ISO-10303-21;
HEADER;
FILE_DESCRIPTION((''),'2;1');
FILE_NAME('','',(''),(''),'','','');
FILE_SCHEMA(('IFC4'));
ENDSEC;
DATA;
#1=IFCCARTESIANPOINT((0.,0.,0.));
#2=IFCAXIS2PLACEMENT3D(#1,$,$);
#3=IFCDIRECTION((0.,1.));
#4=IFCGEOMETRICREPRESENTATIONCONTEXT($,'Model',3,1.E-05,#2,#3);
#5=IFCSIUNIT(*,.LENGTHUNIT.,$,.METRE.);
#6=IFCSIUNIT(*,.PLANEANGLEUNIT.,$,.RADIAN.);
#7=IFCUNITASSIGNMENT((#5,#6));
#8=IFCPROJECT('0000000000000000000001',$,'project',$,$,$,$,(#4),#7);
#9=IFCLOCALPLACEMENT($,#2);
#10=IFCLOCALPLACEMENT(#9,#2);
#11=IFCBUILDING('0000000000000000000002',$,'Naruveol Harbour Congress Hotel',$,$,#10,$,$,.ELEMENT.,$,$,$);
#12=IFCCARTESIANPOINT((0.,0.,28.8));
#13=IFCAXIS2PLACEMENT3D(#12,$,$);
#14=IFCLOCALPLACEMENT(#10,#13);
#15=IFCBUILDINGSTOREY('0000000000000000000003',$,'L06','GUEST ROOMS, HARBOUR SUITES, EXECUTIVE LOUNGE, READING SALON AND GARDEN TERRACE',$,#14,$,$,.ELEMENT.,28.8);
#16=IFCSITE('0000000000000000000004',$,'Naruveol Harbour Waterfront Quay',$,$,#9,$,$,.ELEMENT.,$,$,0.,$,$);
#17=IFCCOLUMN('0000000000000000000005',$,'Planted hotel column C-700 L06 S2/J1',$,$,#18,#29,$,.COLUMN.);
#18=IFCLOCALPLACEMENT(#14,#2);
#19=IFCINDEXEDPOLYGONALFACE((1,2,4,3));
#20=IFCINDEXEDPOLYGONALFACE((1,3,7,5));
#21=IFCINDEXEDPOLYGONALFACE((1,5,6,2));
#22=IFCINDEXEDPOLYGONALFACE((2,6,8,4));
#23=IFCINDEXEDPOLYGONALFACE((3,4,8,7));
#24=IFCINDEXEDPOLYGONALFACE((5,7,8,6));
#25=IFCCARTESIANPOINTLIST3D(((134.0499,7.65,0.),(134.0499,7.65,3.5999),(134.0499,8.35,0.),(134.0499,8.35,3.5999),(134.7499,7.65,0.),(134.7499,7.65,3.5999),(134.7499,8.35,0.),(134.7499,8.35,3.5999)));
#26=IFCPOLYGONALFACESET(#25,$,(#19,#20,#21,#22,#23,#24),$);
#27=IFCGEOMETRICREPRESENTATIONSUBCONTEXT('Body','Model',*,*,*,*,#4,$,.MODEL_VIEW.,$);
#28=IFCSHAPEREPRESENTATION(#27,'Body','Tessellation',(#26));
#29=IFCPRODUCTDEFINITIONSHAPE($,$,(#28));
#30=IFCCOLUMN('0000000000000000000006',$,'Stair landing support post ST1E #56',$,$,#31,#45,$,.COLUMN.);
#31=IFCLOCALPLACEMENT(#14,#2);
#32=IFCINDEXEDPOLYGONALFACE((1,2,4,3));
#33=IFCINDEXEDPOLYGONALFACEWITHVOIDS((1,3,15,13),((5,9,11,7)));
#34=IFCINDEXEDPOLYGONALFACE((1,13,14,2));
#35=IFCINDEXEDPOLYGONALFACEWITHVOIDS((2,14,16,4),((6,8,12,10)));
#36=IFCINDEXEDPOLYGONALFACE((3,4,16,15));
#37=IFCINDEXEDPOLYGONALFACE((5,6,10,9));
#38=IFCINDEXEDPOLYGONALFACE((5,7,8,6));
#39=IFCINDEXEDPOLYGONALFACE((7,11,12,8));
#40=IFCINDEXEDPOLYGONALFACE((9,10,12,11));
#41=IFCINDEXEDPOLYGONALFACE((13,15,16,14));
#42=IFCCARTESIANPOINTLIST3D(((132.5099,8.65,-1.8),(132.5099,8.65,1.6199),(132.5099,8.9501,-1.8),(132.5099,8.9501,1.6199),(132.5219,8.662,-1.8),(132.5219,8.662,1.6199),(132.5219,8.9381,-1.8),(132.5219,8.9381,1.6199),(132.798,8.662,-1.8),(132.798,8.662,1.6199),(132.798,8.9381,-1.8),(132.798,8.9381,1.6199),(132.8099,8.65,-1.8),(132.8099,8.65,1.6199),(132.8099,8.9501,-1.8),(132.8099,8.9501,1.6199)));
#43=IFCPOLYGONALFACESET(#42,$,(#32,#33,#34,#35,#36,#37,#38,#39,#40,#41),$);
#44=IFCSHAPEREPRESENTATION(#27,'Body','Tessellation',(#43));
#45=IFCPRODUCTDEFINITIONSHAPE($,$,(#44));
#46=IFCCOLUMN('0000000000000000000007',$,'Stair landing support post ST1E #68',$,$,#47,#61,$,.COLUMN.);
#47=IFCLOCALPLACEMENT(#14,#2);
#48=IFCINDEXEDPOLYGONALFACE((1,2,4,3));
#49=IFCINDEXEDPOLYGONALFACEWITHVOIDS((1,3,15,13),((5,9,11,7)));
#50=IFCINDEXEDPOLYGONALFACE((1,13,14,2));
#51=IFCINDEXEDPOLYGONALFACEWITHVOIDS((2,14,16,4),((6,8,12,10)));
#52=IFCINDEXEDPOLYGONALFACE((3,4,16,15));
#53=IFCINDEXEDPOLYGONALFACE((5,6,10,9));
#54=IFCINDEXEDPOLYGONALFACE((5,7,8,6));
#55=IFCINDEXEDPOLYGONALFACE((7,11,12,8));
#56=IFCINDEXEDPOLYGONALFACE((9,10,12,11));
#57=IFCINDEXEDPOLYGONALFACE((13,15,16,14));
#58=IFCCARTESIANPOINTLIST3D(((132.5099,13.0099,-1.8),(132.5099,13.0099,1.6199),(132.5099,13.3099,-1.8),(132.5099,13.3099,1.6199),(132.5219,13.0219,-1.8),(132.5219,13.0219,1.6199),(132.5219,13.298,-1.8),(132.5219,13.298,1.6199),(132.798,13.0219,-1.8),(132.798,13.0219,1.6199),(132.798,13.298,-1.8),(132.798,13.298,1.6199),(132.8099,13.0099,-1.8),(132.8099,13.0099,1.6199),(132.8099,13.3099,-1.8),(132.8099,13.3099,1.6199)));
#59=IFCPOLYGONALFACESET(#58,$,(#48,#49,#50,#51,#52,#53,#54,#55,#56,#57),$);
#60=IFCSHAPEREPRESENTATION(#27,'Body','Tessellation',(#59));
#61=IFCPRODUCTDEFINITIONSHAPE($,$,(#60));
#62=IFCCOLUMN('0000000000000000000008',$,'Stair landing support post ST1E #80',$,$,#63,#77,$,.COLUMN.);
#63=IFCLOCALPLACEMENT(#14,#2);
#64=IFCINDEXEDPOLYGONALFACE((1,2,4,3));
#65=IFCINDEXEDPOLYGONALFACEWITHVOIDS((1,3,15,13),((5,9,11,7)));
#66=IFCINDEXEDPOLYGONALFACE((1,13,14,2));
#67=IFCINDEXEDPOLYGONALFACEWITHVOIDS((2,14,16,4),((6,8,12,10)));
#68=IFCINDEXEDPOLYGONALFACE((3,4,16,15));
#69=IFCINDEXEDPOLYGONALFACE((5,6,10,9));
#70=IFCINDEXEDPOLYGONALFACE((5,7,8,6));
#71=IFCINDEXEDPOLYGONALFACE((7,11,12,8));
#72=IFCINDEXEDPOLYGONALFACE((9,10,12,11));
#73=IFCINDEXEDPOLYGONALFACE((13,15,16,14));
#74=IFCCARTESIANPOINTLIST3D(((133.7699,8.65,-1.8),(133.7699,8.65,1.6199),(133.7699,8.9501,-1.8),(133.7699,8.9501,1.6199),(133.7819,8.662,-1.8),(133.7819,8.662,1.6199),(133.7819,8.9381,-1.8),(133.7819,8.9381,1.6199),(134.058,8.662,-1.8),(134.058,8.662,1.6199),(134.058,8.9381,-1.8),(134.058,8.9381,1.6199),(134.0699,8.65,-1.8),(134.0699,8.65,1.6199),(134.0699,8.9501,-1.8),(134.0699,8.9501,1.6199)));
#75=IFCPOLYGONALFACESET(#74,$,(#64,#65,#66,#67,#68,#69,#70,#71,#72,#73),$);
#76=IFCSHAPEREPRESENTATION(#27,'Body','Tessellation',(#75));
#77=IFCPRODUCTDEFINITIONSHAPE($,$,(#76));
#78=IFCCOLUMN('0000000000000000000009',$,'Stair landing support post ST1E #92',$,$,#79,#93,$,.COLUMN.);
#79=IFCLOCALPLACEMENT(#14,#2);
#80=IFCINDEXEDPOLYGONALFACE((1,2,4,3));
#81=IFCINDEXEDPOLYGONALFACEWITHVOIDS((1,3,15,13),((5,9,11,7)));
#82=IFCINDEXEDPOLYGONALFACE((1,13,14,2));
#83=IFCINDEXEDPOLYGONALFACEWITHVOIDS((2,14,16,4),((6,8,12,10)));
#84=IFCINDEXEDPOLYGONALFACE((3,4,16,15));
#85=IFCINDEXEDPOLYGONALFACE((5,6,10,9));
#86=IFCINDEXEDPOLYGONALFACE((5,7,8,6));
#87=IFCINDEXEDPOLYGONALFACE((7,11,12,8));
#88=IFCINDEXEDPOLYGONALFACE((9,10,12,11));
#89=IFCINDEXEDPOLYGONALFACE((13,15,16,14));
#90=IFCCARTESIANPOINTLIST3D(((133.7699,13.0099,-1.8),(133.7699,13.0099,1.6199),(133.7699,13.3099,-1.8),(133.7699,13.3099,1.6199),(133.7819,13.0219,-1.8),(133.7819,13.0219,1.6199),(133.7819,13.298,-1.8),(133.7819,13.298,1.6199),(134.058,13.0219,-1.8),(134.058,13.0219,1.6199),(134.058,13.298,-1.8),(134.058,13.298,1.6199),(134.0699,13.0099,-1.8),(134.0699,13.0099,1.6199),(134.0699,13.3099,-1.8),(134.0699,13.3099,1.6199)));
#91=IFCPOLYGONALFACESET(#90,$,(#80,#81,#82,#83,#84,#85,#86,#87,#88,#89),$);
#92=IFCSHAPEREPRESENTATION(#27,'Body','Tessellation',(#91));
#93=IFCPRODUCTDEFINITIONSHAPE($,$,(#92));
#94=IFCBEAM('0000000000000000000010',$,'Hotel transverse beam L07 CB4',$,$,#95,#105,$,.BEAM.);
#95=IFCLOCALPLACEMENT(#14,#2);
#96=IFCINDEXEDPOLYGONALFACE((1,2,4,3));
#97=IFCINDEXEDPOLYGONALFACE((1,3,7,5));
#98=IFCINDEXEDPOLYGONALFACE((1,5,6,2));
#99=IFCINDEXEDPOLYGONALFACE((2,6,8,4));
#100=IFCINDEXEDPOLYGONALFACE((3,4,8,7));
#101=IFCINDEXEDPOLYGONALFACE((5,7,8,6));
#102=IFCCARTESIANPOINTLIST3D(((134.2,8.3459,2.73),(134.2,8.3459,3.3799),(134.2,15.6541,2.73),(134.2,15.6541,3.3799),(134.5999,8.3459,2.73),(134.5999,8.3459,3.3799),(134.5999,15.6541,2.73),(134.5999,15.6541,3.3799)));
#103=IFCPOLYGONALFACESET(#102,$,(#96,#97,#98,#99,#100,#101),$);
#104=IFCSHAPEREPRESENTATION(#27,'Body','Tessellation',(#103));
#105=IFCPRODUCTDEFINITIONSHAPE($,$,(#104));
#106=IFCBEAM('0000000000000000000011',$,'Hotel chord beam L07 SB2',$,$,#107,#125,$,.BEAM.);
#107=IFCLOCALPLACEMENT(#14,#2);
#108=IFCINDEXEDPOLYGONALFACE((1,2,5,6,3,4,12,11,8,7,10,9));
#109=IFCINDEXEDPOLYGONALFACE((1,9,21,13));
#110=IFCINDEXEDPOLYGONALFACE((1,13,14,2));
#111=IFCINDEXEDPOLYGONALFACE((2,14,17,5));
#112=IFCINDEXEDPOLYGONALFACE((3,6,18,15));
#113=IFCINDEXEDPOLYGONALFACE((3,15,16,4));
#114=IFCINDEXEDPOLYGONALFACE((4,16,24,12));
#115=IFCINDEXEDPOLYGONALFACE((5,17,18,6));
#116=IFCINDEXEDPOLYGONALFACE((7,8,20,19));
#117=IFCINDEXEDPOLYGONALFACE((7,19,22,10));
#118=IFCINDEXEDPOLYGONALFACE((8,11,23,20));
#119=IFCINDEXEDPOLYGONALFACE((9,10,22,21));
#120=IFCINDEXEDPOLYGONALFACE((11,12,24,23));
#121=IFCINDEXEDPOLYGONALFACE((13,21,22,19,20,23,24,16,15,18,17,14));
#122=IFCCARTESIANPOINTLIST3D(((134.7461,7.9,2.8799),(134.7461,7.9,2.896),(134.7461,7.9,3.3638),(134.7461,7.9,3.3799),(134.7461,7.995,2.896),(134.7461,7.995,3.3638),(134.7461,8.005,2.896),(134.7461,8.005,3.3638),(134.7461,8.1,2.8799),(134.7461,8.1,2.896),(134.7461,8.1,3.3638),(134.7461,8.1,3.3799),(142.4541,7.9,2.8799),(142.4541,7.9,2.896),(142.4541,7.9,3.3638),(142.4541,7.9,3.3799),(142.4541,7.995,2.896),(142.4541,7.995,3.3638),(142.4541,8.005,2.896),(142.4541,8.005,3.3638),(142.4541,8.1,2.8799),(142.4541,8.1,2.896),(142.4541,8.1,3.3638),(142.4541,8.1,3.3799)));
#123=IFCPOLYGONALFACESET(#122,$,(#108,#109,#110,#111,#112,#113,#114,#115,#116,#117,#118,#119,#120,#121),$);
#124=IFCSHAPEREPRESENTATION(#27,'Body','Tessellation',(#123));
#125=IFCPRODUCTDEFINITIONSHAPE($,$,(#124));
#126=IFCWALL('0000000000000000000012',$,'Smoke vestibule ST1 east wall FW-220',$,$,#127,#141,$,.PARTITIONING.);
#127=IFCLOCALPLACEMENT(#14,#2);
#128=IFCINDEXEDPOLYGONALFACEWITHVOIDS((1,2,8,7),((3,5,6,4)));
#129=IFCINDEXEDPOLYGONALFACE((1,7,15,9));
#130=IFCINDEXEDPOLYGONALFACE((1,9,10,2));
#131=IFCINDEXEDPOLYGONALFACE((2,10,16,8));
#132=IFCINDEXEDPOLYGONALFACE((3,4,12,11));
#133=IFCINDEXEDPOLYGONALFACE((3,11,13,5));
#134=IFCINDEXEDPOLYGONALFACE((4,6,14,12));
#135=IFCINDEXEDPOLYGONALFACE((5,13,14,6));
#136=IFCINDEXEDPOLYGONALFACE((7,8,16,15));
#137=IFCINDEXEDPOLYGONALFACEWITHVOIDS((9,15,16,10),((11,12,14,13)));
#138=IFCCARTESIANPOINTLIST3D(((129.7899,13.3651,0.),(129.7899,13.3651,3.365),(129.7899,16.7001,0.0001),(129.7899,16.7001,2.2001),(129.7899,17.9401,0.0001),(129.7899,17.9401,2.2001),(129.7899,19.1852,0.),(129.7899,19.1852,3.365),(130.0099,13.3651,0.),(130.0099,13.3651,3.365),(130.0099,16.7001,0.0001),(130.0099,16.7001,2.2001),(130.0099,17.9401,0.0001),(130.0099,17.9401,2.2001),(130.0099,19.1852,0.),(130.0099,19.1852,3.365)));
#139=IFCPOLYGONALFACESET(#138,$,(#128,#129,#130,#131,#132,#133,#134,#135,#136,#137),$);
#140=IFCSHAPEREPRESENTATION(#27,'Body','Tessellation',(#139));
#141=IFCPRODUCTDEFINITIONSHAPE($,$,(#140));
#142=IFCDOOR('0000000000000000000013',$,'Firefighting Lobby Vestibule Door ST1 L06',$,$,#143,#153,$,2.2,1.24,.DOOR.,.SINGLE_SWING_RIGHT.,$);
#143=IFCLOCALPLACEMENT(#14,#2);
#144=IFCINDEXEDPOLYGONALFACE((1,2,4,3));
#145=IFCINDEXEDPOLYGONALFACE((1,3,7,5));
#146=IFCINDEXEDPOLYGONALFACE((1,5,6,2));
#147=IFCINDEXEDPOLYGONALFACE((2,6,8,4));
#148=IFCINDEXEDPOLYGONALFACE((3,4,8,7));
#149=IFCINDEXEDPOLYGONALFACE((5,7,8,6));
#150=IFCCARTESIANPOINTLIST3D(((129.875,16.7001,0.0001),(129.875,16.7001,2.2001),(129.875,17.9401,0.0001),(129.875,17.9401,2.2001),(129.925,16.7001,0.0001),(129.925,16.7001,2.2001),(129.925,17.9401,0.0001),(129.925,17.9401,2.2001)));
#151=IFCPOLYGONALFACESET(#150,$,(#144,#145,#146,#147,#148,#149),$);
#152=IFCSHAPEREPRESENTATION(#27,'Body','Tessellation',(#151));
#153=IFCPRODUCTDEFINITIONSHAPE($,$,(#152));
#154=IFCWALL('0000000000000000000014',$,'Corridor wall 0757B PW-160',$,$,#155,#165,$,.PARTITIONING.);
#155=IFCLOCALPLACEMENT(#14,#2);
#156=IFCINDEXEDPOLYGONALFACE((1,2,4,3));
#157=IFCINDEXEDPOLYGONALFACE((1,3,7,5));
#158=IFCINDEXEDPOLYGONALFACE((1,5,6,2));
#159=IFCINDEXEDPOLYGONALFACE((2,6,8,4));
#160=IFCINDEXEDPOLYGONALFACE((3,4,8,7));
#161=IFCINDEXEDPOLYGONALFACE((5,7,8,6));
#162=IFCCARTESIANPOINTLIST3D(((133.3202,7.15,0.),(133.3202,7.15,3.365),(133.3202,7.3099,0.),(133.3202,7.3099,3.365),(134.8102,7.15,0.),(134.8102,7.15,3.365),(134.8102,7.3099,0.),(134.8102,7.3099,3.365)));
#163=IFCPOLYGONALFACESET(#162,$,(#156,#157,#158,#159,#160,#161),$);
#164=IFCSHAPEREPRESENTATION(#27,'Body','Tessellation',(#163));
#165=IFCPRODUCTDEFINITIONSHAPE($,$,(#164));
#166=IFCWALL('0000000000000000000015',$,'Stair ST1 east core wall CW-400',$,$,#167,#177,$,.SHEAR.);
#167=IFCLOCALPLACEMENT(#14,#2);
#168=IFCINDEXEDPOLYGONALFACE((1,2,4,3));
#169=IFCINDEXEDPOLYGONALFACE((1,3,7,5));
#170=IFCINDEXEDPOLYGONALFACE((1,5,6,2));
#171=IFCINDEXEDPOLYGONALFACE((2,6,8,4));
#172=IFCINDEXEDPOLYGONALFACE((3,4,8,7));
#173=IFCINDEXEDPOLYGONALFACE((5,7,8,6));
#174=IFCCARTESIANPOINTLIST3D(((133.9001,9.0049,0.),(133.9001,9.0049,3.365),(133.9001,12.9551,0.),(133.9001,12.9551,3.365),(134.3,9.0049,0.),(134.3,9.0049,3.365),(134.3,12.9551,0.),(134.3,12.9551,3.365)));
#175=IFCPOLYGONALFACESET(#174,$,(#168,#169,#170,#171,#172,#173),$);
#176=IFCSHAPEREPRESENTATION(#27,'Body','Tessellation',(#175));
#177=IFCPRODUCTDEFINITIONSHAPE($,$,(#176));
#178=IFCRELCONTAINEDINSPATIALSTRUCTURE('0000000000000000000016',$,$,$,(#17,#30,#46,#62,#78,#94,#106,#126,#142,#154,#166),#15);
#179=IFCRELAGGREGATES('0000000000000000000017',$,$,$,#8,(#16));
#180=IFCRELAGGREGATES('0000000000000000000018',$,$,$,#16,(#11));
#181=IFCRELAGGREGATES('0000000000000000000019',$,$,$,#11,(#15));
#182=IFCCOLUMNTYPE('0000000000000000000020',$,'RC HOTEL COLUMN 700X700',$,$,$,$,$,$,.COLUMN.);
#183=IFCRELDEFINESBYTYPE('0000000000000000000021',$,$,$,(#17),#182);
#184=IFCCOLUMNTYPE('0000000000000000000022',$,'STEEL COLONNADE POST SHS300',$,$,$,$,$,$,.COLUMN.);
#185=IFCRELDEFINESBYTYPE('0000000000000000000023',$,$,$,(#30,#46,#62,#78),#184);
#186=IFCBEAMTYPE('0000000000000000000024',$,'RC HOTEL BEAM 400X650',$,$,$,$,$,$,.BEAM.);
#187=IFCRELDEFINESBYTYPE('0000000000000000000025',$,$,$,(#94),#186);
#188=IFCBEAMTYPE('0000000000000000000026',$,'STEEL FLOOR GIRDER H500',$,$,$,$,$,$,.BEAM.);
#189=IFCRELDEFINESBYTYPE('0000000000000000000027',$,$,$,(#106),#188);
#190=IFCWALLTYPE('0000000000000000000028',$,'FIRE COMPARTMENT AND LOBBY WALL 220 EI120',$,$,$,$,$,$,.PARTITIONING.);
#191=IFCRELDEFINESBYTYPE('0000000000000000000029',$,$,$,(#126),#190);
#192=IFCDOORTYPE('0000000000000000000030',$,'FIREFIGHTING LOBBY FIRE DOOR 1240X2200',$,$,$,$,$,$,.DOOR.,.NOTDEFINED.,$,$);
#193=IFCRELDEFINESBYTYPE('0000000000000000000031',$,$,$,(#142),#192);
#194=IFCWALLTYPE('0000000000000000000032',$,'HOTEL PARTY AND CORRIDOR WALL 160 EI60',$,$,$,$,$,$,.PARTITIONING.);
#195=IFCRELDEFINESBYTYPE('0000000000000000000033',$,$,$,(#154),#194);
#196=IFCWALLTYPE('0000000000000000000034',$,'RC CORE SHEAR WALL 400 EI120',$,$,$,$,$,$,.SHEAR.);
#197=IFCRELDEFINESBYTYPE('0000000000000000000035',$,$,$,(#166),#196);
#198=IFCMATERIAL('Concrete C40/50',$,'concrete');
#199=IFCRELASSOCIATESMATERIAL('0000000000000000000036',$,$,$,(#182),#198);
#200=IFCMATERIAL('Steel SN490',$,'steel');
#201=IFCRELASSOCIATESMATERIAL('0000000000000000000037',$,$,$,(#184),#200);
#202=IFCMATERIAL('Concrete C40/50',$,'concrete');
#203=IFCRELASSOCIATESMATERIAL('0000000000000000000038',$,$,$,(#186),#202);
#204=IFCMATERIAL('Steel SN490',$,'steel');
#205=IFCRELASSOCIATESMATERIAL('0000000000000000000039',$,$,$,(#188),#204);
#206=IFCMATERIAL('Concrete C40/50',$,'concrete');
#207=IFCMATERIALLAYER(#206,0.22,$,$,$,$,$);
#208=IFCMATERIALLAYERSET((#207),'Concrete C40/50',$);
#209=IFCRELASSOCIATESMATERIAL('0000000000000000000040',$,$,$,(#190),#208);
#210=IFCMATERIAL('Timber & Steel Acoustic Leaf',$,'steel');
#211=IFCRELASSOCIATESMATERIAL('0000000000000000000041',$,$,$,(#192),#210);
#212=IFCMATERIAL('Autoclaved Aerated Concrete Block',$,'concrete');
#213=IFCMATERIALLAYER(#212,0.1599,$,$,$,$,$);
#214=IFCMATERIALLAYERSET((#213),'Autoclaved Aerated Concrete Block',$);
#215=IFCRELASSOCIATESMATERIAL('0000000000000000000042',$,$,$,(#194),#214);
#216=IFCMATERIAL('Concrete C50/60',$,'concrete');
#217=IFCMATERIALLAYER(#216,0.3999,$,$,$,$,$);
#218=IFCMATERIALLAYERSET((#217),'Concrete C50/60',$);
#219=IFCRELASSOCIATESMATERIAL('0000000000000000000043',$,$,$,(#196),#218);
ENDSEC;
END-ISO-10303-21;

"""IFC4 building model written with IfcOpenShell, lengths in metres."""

from ifc_helpers import new_model, si_unit, direction, frame, frame_2d, origin, origin_2d, place, context, subcontext, project, spatial, rectangle, hollow_rectangle, i_section, extrude, material, layer, layer_set, material_profile, profile_set, type_object, element, fill, save


model = new_model("IFC4")

# Units and contexts
model_context = context("Model", 3, precision=1e-05, world=origin(), true_north=direction((0.0, 1.0)))
body_context = subcontext(model_context, "Body", "Model", "MODEL_VIEW")
ifc_project = project(units=[si_unit("LENGTHUNIT", "METRE"), si_unit("PLANEANGLEUNIT", "RADIAN")], contexts=[model_context])

# Site, building, storey
site_placement = place(None, origin())
site = spatial("IfcSite", under=ifc_project, at=site_placement, Name="Naruveol Harbour Waterfront Quay", CompositionType="ELEMENT", RefElevation=0.0)
building_placement = place(site_placement, origin())
building = spatial("IfcBuilding", under=site, at=building_placement, Name="Naruveol Harbour Congress Hotel", CompositionType="ELEMENT")
storey_placement = place(building_placement, frame((0.0, 0.0, 28.8)))
storey = spatial("IfcBuildingStorey", under=building, at=storey_placement, Name="L06", Description="GUEST ROOMS, HARBOUR SUITES, EXECUTIVE LOUNGE, READING SALON AND GARDEN TERRACE", CompositionType="ELEMENT", Elevation=28.8)

# Columns
ifc_material_1 = material(Name="Concrete C40/50", Category="concrete")
ifc_material_profile_1 = material_profile(ifc_material_1, rectangle(XDim=0.7, YDim=0.7, at=origin_2d()), Name="RC-700x700")
ifc_profile_set_1 = profile_set([ifc_material_profile_1], Name="Concrete C40/50")
column_type_1 = type_object("IfcColumnType", Name="RC HOTEL COLUMN 700X700", PredefinedType="COLUMN", material=ifc_profile_set_1)
column_placement = place(storey_placement, frame((134.3999, 8.0, 0.0), z_axis=(0.0, 0.0, 1.0), x_axis=(1.0, 0.0, 0.0)))
element("IfcColumn", 1, at=column_placement, inside=storey, type_object=column_type_1, Name="Planted hotel column C-700 L06 S2/J1", PredefinedType="COLUMN", context=body_context, shape_type="SweptSolid", body=[
    extrude(rectangle(XDim=0.7, YDim=0.7, at=origin_2d()), origin(), (0.0, 0.0, 1.0), 3.5999),
])
ifc_material_2 = material(Name="Steel SN490", Category="steel")
ifc_material_profile_2 = material_profile(ifc_material_2, hollow_rectangle(XDim=0.3, YDim=0.3, WallThickness=0.012, at=origin_2d()), Name="SHS-300x300x12")
ifc_profile_set_2 = profile_set([ifc_material_profile_2], Name="Steel SN490")
column_type_2 = type_object("IfcColumnType", Name="STEEL COLONNADE POST SHS300", PredefinedType="COLUMN", material=ifc_profile_set_2)
for number, where, z_axis, x_axis, name in (
    (2, (132.6599, 8.8, -1.8), (0.0, 0.0, 1.0), (1.0, 0.0, 0.0), "Stair landing support post ST1E #56"),
    (3, (132.6599, 13.1599, -1.8), (0.0, 0.0, 1.0), (1.0, 0.0, 0.0), "Stair landing support post ST1E #68"),
    (4, (133.9199, 8.8, -1.8), (0.0, 0.0, 1.0), (1.0, 0.0, 0.0), "Stair landing support post ST1E #80"),
    (5, (133.9199, 13.1599, -1.8), (0.0, 0.0, 1.0), (1.0, 0.0, 0.0), "Stair landing support post ST1E #92"),
):
    element("IfcColumn", number, at=place(storey_placement, frame(where, z_axis=z_axis, x_axis=x_axis)), inside=storey, type_object=column_type_2, Name=name, PredefinedType="COLUMN", context=body_context, shape_type="SweptSolid", body=[
        extrude(hollow_rectangle(XDim=0.3, YDim=0.3, WallThickness=0.012, at=origin_2d()), origin(), (0.0, 0.0, 1.0), 3.4199),
    ])

# Beams
ifc_material_3 = material(Name="Concrete C40/50", Category="concrete")
ifc_material_profile_3 = material_profile(ifc_material_3, rectangle(XDim=0.3999, YDim=0.6499, at=origin_2d()), Name="RCB-400x650")
ifc_profile_set_3 = profile_set([ifc_material_profile_3], Name="Concrete C40/50")
beam_type_1 = type_object("IfcBeamType", Name="RC HOTEL BEAM 400X650", PredefinedType="BEAM", material=ifc_profile_set_3)
beam_1_placement = place(storey_placement, frame((134.3999, 8.3459, 3.0549), z_axis=(0.0, 1.0, 0.0), x_axis=(-1.0, 0.0, 0.0)))
element("IfcBeam", 6, at=beam_1_placement, inside=storey, type_object=beam_type_1, Name="Hotel transverse beam L07 CB4", PredefinedType="BEAM", context=body_context, shape_type="SweptSolid", body=[
    extrude(rectangle(XDim=0.3999, YDim=0.6499, at=origin_2d()), origin(), (0.0, 0.0, 1.0), 7.3081),
])
ifc_material_4 = material(Name="Steel SN490", Category="steel")
ifc_material_profile_4 = material_profile(ifc_material_4, i_section(OverallWidth=0.2, OverallDepth=0.5, WebThickness=0.01, FlangeThickness=0.0161, at=origin_2d()), Name="H-500x200x10x16")
ifc_profile_set_4 = profile_set([ifc_material_profile_4], Name="Steel SN490")
beam_type_2 = type_object("IfcBeamType", Name="STEEL FLOOR GIRDER H500", PredefinedType="BEAM", material=ifc_profile_set_4)
beam_2_placement = place(storey_placement, frame((134.7461, 8.0, 3.1299), z_axis=(1.0, 0.0, 0.0), x_axis=(0.0, 1.0, 0.0)))
element("IfcBeam", 7, at=beam_2_placement, inside=storey, type_object=beam_type_2, Name="Hotel chord beam L07 SB2", PredefinedType="BEAM", context=body_context, shape_type="SweptSolid", body=[
    extrude(i_section(OverallWidth=0.2, OverallDepth=0.5, WebThickness=0.01, FlangeThickness=0.0161, at=origin_2d()), origin(), (0.0, 0.0, 1.0), 7.708),
])

# Wall, opening, door
ifc_material_5 = material(Name="Concrete C40/50", Category="concrete")
ifc_layer_1 = layer(ifc_material_5, 0.22)
ifc_layer_set_1 = layer_set([ifc_layer_1], Name="Concrete C40/50")
wall_type_1 = type_object("IfcWallType", Name="FIRE COMPARTMENT AND LOBBY WALL 220 EI120", PredefinedType="PARTITIONING", material=ifc_layer_set_1)
wall_1_placement = place(storey_placement, frame((129.8999, 13.365, 0.0), z_axis=(0.0, 0.0, 1.0), x_axis=(0.0, 1.0, 0.0)))
wall_1 = element("IfcWall", 8, at=wall_1_placement, inside=storey, type_object=wall_type_1, Name="Smoke vestibule ST1 east wall FW-220", PredefinedType="PARTITIONING", context=body_context, shape_type="SweptSolid", body=[
    extrude(rectangle(XDim=5.8201, YDim=0.22, at=frame_2d((2.9102, 0.0))), origin(), (0.0, 0.0, 1.0), 3.365),
])
opening_placement = place(wall_1_placement, frame((3.335, 0.0, 0.0)))
opening = element("IfcOpeningElement", 9, at=opening_placement, cuts=wall_1, PredefinedType="OPENING", context=body_context, shape_type="SweptSolid", body=[
    extrude(rectangle(XDim=1.24, YDim=2.2, at=frame_2d((0.6201, 1.1001))), frame((0.0, 0.1199, 0.0), z_axis=(0.0, -1.0, 0.0), x_axis=(1.0, 0.0, 0.0)), (0.0, 0.0, 1.0), 0.24),
])
ifc_material_6 = material(Name="Timber & Steel Acoustic Leaf", Category="steel")
door_type = type_object("IfcDoorType", Name="FIREFIGHTING LOBBY FIRE DOOR 1240X2200", OperationType="NOTDEFINED", PredefinedType="DOOR", material=ifc_material_6)
door_placement = place(opening_placement, origin())
door = element("IfcDoor", 10, at=door_placement, inside=storey, type_object=door_type, Name="Firefighting Lobby Vestibule Door ST1 L06", OperationType="SINGLE_SWING_RIGHT", OverallHeight=2.2, OverallWidth=1.24, PredefinedType="DOOR", context=body_context, shape_type="SweptSolid", body=[
    extrude(rectangle(XDim=1.24, YDim=2.2, at=frame_2d((0.6201, 1.1001))), frame((0.0, 0.0249, 0.0), z_axis=(0.0, -1.0, 0.0), x_axis=(1.0, 0.0, 0.0)), (0.0, 0.0, 1.0), 0.05),
])
fill(opening, door)

# Walls
ifc_material_7 = material(Name="Autoclaved Aerated Concrete Block", Category="concrete")
ifc_layer_2 = layer(ifc_material_7, 0.1599)
ifc_layer_set_2 = layer_set([ifc_layer_2], Name="Autoclaved Aerated Concrete Block")
wall_type_2 = type_object("IfcWallType", Name="HOTEL PARTY AND CORRIDOR WALL 160 EI60", PredefinedType="PARTITIONING", material=ifc_layer_set_2)
wall_2_placement = place(storey_placement, frame((133.3201, 7.23, 0.0), z_axis=(0.0, 0.0, 1.0), x_axis=(1.0, 0.0, 0.0)))
element("IfcWall", 11, at=wall_2_placement, inside=storey, type_object=wall_type_2, Name="Corridor wall 0757B PW-160", PredefinedType="PARTITIONING", context=body_context, shape_type="SweptSolid", body=[
    extrude(rectangle(XDim=1.49, YDim=0.1599, at=frame_2d((0.7451, 0.0))), origin(), (0.0, 0.0, 1.0), 3.365),
])
ifc_material_8 = material(Name="Concrete C50/60", Category="concrete")
ifc_layer_3 = layer(ifc_material_8, 0.3999)
ifc_layer_set_3 = layer_set([ifc_layer_3], Name="Concrete C50/60")
wall_type_3 = type_object("IfcWallType", Name="RC CORE SHEAR WALL 400 EI120", PredefinedType="SHEAR", material=ifc_layer_set_3)
wall_3_placement = place(storey_placement, frame((134.1001, 9.0049, 0.0), z_axis=(0.0, 0.0, 1.0), x_axis=(0.0, 1.0, 0.0)))
element("IfcWall", 12, at=wall_3_placement, inside=storey, type_object=wall_type_3, Name="Stair ST1 east core wall CW-400", PredefinedType="SHEAR", context=body_context, shape_type="SweptSolid", body=[
    extrude(rectangle(XDim=3.9502, YDim=0.3999, at=frame_2d((1.9751, 0.0))), origin(), (0.0, 0.0, 1.0), 3.365),
])

save(model, "model.ifc")
